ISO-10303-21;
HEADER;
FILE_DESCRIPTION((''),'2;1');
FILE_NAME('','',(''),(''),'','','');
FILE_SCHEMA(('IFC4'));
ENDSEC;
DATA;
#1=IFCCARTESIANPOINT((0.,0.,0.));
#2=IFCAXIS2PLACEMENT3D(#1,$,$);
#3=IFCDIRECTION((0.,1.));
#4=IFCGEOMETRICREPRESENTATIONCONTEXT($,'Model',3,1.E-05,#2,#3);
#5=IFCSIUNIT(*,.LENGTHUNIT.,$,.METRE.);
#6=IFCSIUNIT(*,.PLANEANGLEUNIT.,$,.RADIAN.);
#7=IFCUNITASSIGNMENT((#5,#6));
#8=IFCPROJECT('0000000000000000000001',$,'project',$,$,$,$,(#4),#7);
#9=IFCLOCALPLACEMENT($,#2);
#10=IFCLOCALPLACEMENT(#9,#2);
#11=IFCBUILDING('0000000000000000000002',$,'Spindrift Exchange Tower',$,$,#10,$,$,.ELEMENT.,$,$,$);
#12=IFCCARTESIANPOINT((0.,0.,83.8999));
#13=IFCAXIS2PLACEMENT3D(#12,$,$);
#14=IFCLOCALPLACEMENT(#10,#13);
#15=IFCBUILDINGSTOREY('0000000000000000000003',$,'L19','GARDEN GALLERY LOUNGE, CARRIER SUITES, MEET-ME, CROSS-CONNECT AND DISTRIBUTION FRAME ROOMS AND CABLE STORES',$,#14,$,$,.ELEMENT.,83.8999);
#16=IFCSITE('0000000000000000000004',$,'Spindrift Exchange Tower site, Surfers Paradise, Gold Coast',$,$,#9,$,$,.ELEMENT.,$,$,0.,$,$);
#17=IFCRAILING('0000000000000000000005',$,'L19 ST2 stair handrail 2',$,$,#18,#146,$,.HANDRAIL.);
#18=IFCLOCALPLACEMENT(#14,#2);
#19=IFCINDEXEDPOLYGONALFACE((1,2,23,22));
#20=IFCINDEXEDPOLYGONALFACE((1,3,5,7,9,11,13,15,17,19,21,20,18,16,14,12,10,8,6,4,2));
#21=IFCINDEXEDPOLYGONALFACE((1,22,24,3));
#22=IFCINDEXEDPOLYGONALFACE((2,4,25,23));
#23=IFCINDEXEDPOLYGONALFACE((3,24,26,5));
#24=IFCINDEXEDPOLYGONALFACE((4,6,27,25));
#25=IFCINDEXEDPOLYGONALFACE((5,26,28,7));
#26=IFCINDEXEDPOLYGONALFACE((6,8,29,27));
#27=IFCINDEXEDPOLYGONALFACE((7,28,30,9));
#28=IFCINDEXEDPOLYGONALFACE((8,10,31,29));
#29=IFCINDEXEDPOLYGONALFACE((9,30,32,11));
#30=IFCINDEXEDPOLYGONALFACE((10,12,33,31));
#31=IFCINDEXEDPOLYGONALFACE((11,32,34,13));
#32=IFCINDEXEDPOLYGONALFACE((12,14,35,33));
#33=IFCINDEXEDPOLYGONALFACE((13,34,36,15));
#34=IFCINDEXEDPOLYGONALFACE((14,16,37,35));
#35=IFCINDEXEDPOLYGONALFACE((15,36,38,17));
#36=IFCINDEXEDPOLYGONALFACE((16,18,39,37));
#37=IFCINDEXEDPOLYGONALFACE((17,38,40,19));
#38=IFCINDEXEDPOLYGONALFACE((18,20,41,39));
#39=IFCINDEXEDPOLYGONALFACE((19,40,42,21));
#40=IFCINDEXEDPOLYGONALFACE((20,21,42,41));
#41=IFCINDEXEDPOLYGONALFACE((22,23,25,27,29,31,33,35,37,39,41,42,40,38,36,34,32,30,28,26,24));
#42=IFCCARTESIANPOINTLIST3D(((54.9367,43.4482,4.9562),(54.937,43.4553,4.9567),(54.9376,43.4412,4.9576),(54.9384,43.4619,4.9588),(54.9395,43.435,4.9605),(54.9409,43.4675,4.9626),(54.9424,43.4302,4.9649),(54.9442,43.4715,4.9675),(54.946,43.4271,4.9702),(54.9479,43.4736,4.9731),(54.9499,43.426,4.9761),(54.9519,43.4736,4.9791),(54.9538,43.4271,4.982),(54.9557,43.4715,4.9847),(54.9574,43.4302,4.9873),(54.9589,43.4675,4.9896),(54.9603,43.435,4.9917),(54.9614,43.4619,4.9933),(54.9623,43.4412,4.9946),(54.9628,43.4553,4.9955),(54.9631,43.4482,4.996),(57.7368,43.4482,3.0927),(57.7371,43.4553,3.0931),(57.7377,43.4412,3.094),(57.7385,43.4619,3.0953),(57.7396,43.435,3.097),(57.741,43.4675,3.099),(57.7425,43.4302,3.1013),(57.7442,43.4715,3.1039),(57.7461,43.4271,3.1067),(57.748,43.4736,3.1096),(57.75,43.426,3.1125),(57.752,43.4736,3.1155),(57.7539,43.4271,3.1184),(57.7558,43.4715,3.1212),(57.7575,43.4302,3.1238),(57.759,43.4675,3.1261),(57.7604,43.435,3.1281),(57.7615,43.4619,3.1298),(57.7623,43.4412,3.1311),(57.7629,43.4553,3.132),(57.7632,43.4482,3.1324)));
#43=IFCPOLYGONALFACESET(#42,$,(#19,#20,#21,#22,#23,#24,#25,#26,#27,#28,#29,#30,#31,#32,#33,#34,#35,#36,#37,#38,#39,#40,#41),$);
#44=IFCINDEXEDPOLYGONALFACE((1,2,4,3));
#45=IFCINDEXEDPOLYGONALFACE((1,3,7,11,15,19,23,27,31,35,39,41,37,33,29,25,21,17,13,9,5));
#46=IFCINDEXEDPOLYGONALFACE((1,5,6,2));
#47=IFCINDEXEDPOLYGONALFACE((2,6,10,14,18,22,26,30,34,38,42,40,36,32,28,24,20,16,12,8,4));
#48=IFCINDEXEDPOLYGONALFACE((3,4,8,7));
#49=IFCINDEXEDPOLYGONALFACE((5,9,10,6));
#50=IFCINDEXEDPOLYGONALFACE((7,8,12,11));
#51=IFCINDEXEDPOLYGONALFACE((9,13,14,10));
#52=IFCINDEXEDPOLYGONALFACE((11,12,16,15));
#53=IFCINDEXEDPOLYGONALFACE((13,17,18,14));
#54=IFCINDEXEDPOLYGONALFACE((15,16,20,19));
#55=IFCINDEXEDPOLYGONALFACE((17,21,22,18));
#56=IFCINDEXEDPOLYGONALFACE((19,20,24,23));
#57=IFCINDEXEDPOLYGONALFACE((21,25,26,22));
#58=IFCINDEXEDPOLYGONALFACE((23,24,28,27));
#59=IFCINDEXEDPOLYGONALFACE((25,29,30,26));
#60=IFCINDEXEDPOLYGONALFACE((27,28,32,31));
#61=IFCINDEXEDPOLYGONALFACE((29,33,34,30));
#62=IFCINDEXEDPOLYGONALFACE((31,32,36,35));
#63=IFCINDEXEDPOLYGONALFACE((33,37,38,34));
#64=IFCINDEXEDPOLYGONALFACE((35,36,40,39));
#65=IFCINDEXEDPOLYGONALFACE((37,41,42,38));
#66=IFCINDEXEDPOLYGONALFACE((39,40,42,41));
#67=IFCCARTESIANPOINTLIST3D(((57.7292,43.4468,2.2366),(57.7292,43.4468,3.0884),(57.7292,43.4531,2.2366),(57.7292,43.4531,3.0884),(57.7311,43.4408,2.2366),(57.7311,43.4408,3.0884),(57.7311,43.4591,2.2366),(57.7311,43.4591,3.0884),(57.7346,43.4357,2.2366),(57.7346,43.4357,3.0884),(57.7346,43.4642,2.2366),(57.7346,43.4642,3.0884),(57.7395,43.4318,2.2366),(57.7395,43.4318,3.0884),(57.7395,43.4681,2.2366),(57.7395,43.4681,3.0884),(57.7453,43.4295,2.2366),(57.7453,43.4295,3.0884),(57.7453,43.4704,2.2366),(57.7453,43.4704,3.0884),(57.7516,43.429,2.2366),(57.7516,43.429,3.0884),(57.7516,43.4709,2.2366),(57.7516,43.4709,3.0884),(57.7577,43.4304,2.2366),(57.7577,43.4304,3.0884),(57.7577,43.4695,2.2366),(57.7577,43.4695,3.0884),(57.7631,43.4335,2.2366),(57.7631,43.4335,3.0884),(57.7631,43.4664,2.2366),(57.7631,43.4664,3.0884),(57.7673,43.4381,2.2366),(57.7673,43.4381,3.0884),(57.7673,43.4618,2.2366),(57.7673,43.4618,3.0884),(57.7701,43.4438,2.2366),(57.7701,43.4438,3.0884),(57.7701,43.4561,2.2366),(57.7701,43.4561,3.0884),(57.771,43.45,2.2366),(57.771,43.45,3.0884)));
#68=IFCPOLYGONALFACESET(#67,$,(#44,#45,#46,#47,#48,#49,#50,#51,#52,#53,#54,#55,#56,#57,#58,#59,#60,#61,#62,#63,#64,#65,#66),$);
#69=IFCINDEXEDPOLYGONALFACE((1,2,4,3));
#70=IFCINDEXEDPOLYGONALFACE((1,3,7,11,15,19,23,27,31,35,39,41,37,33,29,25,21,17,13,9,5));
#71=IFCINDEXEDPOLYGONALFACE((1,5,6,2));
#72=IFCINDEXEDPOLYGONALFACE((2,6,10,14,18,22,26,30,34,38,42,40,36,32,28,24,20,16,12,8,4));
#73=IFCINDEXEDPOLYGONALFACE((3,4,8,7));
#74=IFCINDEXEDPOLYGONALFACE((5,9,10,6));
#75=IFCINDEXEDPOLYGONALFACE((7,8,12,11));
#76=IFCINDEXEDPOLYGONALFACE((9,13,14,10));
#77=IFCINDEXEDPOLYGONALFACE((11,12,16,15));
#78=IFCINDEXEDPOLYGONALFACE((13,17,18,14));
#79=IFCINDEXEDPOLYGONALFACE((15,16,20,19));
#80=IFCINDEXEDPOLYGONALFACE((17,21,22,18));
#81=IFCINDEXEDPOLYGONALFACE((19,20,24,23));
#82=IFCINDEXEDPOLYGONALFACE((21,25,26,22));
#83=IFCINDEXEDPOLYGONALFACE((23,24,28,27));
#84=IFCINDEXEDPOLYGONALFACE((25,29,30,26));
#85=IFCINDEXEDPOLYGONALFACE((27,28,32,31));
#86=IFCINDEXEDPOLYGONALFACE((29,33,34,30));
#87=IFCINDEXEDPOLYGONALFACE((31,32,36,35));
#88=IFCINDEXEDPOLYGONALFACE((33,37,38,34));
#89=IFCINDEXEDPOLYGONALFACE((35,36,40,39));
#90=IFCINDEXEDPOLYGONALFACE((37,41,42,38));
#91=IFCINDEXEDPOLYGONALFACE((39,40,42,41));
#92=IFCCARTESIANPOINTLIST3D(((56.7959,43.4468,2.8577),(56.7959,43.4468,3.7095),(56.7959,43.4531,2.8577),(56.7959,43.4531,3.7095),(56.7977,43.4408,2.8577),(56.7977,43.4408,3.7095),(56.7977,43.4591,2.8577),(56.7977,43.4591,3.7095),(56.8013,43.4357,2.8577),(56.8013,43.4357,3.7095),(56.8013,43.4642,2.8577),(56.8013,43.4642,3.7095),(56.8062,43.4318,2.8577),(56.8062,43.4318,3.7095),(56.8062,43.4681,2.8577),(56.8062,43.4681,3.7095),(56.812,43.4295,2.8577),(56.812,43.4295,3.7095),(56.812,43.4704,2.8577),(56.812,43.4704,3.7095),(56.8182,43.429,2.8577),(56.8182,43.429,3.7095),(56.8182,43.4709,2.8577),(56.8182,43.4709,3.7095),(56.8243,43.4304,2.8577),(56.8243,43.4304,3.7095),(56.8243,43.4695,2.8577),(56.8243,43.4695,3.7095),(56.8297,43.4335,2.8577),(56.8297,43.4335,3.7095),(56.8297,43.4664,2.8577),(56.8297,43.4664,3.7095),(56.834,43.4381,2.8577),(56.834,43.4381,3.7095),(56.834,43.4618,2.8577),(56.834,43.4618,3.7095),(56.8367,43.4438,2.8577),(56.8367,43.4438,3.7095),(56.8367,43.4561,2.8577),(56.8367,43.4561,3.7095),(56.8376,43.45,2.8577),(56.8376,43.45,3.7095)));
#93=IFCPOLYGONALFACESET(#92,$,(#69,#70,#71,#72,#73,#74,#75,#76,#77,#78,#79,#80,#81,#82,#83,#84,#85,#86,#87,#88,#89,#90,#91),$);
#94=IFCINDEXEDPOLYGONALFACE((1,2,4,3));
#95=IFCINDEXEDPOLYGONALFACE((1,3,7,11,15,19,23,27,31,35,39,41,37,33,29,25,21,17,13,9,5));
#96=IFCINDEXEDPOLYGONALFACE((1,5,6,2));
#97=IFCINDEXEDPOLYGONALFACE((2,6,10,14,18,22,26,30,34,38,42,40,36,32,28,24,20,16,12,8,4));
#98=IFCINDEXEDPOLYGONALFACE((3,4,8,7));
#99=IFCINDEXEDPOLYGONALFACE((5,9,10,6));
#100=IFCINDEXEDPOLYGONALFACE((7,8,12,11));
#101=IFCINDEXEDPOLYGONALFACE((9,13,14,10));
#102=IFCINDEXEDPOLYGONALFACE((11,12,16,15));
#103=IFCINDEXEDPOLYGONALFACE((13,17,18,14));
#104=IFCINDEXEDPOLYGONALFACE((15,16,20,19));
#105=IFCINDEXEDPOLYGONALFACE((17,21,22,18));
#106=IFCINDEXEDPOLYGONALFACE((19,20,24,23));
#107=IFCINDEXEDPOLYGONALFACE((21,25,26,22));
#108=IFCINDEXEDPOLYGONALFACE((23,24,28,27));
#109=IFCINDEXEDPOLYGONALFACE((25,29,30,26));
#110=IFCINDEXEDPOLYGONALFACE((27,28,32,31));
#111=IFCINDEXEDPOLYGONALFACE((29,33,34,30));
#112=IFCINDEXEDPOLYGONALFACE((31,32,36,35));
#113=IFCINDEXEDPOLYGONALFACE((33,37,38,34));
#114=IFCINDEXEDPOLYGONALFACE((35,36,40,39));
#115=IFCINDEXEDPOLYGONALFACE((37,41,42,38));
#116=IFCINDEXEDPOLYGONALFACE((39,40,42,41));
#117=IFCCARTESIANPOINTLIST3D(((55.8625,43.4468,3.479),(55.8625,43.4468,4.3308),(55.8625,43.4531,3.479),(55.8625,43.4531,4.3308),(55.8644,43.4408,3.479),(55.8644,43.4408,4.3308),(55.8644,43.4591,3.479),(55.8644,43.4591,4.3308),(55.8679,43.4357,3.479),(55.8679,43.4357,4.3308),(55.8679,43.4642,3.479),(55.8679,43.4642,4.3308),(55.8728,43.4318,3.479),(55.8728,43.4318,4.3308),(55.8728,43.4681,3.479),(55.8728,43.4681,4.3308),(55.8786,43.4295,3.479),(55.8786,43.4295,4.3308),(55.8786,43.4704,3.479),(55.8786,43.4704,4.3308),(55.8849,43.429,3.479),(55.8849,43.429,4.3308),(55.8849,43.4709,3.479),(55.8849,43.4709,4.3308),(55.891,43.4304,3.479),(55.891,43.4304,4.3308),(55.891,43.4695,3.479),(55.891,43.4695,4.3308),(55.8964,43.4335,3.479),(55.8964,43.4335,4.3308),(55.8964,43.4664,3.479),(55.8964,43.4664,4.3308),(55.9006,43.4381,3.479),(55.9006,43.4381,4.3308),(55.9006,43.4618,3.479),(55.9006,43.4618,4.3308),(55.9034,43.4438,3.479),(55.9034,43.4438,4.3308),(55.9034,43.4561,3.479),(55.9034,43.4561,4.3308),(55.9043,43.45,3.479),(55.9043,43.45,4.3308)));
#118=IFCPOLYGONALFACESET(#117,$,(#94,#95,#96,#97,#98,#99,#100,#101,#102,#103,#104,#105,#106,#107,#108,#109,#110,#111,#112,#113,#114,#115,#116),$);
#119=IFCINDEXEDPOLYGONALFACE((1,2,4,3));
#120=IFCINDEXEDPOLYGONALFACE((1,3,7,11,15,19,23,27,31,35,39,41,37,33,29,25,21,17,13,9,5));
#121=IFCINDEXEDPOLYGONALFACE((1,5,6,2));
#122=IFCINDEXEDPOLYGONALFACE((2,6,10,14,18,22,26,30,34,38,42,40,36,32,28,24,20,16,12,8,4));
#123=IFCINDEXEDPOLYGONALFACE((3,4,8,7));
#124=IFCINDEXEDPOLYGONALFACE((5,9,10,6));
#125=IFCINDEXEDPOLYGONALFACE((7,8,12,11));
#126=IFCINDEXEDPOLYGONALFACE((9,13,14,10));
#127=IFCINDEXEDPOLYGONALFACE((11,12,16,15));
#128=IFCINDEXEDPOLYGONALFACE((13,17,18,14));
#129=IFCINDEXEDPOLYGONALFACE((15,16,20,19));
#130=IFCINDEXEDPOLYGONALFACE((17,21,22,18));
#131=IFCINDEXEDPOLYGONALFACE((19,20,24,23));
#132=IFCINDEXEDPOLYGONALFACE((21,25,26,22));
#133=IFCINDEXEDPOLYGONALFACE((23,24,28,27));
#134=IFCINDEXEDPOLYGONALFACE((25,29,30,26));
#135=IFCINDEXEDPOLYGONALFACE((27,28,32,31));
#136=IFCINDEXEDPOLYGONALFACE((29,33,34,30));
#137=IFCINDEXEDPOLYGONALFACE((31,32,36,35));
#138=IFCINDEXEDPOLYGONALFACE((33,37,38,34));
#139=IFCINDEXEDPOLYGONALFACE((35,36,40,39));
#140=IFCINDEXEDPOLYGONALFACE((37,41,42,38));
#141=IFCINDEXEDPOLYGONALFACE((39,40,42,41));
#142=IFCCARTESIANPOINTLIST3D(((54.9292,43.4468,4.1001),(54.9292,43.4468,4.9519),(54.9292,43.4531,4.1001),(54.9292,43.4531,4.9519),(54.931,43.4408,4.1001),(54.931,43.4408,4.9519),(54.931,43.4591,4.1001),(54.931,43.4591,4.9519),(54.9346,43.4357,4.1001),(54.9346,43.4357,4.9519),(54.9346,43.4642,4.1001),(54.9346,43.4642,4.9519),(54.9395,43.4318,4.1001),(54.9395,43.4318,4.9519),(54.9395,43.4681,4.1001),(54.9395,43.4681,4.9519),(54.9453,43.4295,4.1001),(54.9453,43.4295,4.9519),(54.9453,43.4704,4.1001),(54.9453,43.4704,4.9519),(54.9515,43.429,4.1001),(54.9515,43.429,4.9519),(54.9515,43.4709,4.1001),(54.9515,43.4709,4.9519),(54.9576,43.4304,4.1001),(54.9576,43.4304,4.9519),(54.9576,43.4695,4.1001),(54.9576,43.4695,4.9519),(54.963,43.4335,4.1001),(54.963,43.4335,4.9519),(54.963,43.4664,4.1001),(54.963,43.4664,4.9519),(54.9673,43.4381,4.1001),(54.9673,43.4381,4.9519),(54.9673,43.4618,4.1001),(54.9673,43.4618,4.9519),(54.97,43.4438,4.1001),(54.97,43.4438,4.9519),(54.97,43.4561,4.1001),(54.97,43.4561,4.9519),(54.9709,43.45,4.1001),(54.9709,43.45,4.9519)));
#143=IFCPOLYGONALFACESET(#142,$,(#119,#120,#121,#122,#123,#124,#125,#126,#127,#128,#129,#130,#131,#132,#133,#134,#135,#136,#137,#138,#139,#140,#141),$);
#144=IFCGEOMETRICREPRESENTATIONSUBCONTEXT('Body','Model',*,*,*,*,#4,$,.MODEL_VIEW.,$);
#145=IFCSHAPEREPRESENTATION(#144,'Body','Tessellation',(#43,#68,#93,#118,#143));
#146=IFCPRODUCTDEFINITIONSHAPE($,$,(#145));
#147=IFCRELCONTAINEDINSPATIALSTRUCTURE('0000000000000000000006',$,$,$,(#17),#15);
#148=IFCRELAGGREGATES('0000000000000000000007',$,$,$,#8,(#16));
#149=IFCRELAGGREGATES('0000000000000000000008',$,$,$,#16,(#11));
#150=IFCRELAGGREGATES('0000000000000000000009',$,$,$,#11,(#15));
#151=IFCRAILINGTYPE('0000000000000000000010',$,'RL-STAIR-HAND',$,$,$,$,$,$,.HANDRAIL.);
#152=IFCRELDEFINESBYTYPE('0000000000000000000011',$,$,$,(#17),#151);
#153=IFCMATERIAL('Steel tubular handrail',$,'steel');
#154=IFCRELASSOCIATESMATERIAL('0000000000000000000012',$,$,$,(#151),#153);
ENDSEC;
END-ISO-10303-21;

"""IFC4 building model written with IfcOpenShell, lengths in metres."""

from ifc_helpers import new_model, si_unit, direction, frame, origin, origin_2d, place, context, subcontext, project, spatial, circle, extrude, material, type_object, element, save


model = new_model("IFC4")

# Units and contexts
model_context = context("Model", 3, precision=1e-05, world=origin(), true_north=direction((0.0, 1.0)))
body_context = subcontext(model_context, "Body", "Model", "MODEL_VIEW")
ifc_project = project(units=[si_unit("LENGTHUNIT", "METRE"), si_unit("PLANEANGLEUNIT", "RADIAN")], contexts=[model_context])

# Site, building, storey
site_placement = place(None, origin())
site = spatial("IfcSite", under=ifc_project, at=site_placement, Name="Spindrift Exchange Tower site, Surfers Paradise, Gold Coast", CompositionType="ELEMENT", RefElevation=0.0)
building_placement = place(site_placement, origin())
building = spatial("IfcBuilding", under=site, at=building_placement, Name="Spindrift Exchange Tower", CompositionType="ELEMENT")
storey_placement = place(building_placement, frame((0.0, 0.0, 83.8999)))
storey = spatial("IfcBuildingStorey", under=building, at=storey_placement, Name="L19", Description="GARDEN GALLERY LOUNGE, CARRIER SUITES, MEET-ME, CROSS-CONNECT AND DISTRIBUTION FRAME ROOMS AND CABLE STORES", CompositionType="ELEMENT", Elevation=83.8999)

# Railing
ifc_material_1 = material(Name="Steel tubular handrail", Category="steel")
railing_type_1 = type_object("IfcRailingType", Name="RL-STAIR-HAND", PredefinedType="HANDRAIL", material=ifc_material_1)
railing_1_placement = place(storey_placement, frame((57.75, 43.45, 2.2366)))
element("IfcRailing", 1, at=railing_1_placement, inside=storey, type_object=railing_type_1, Name="L19 ST2 stair handrail 2", PredefinedType="HANDRAIL", context=body_context, shape_type="SweptSolid", body=[
    extrude(circle(Radius=0.0239, at=origin_2d()), frame((0.0, 0.0, 0.876), z_axis=(-0.832486, 0.0, 0.554047), x_axis=(0.0, -1.0, 0.0)), (0.0, 0.0, 1.0), 3.3635),
    extrude(circle(Radius=0.021, at=origin_2d()), origin(), (0.0, 0.0, 1.0), 0.8518),
    extrude(circle(Radius=0.021, at=origin_2d()), frame((-0.9333, 0.0, 0.6211)), (0.0, 0.0, 1.0), 0.8518),
    extrude(circle(Radius=0.021, at=origin_2d()), frame((-1.8667, 0.0, 1.2424)), (0.0, 0.0, 1.0), 0.8518),
    extrude(circle(Radius=0.021, at=origin_2d()), frame((-2.8, 0.0, 1.8635)), (0.0, 0.0, 1.0), 0.8518),
])

save(model, "model.ifc")
